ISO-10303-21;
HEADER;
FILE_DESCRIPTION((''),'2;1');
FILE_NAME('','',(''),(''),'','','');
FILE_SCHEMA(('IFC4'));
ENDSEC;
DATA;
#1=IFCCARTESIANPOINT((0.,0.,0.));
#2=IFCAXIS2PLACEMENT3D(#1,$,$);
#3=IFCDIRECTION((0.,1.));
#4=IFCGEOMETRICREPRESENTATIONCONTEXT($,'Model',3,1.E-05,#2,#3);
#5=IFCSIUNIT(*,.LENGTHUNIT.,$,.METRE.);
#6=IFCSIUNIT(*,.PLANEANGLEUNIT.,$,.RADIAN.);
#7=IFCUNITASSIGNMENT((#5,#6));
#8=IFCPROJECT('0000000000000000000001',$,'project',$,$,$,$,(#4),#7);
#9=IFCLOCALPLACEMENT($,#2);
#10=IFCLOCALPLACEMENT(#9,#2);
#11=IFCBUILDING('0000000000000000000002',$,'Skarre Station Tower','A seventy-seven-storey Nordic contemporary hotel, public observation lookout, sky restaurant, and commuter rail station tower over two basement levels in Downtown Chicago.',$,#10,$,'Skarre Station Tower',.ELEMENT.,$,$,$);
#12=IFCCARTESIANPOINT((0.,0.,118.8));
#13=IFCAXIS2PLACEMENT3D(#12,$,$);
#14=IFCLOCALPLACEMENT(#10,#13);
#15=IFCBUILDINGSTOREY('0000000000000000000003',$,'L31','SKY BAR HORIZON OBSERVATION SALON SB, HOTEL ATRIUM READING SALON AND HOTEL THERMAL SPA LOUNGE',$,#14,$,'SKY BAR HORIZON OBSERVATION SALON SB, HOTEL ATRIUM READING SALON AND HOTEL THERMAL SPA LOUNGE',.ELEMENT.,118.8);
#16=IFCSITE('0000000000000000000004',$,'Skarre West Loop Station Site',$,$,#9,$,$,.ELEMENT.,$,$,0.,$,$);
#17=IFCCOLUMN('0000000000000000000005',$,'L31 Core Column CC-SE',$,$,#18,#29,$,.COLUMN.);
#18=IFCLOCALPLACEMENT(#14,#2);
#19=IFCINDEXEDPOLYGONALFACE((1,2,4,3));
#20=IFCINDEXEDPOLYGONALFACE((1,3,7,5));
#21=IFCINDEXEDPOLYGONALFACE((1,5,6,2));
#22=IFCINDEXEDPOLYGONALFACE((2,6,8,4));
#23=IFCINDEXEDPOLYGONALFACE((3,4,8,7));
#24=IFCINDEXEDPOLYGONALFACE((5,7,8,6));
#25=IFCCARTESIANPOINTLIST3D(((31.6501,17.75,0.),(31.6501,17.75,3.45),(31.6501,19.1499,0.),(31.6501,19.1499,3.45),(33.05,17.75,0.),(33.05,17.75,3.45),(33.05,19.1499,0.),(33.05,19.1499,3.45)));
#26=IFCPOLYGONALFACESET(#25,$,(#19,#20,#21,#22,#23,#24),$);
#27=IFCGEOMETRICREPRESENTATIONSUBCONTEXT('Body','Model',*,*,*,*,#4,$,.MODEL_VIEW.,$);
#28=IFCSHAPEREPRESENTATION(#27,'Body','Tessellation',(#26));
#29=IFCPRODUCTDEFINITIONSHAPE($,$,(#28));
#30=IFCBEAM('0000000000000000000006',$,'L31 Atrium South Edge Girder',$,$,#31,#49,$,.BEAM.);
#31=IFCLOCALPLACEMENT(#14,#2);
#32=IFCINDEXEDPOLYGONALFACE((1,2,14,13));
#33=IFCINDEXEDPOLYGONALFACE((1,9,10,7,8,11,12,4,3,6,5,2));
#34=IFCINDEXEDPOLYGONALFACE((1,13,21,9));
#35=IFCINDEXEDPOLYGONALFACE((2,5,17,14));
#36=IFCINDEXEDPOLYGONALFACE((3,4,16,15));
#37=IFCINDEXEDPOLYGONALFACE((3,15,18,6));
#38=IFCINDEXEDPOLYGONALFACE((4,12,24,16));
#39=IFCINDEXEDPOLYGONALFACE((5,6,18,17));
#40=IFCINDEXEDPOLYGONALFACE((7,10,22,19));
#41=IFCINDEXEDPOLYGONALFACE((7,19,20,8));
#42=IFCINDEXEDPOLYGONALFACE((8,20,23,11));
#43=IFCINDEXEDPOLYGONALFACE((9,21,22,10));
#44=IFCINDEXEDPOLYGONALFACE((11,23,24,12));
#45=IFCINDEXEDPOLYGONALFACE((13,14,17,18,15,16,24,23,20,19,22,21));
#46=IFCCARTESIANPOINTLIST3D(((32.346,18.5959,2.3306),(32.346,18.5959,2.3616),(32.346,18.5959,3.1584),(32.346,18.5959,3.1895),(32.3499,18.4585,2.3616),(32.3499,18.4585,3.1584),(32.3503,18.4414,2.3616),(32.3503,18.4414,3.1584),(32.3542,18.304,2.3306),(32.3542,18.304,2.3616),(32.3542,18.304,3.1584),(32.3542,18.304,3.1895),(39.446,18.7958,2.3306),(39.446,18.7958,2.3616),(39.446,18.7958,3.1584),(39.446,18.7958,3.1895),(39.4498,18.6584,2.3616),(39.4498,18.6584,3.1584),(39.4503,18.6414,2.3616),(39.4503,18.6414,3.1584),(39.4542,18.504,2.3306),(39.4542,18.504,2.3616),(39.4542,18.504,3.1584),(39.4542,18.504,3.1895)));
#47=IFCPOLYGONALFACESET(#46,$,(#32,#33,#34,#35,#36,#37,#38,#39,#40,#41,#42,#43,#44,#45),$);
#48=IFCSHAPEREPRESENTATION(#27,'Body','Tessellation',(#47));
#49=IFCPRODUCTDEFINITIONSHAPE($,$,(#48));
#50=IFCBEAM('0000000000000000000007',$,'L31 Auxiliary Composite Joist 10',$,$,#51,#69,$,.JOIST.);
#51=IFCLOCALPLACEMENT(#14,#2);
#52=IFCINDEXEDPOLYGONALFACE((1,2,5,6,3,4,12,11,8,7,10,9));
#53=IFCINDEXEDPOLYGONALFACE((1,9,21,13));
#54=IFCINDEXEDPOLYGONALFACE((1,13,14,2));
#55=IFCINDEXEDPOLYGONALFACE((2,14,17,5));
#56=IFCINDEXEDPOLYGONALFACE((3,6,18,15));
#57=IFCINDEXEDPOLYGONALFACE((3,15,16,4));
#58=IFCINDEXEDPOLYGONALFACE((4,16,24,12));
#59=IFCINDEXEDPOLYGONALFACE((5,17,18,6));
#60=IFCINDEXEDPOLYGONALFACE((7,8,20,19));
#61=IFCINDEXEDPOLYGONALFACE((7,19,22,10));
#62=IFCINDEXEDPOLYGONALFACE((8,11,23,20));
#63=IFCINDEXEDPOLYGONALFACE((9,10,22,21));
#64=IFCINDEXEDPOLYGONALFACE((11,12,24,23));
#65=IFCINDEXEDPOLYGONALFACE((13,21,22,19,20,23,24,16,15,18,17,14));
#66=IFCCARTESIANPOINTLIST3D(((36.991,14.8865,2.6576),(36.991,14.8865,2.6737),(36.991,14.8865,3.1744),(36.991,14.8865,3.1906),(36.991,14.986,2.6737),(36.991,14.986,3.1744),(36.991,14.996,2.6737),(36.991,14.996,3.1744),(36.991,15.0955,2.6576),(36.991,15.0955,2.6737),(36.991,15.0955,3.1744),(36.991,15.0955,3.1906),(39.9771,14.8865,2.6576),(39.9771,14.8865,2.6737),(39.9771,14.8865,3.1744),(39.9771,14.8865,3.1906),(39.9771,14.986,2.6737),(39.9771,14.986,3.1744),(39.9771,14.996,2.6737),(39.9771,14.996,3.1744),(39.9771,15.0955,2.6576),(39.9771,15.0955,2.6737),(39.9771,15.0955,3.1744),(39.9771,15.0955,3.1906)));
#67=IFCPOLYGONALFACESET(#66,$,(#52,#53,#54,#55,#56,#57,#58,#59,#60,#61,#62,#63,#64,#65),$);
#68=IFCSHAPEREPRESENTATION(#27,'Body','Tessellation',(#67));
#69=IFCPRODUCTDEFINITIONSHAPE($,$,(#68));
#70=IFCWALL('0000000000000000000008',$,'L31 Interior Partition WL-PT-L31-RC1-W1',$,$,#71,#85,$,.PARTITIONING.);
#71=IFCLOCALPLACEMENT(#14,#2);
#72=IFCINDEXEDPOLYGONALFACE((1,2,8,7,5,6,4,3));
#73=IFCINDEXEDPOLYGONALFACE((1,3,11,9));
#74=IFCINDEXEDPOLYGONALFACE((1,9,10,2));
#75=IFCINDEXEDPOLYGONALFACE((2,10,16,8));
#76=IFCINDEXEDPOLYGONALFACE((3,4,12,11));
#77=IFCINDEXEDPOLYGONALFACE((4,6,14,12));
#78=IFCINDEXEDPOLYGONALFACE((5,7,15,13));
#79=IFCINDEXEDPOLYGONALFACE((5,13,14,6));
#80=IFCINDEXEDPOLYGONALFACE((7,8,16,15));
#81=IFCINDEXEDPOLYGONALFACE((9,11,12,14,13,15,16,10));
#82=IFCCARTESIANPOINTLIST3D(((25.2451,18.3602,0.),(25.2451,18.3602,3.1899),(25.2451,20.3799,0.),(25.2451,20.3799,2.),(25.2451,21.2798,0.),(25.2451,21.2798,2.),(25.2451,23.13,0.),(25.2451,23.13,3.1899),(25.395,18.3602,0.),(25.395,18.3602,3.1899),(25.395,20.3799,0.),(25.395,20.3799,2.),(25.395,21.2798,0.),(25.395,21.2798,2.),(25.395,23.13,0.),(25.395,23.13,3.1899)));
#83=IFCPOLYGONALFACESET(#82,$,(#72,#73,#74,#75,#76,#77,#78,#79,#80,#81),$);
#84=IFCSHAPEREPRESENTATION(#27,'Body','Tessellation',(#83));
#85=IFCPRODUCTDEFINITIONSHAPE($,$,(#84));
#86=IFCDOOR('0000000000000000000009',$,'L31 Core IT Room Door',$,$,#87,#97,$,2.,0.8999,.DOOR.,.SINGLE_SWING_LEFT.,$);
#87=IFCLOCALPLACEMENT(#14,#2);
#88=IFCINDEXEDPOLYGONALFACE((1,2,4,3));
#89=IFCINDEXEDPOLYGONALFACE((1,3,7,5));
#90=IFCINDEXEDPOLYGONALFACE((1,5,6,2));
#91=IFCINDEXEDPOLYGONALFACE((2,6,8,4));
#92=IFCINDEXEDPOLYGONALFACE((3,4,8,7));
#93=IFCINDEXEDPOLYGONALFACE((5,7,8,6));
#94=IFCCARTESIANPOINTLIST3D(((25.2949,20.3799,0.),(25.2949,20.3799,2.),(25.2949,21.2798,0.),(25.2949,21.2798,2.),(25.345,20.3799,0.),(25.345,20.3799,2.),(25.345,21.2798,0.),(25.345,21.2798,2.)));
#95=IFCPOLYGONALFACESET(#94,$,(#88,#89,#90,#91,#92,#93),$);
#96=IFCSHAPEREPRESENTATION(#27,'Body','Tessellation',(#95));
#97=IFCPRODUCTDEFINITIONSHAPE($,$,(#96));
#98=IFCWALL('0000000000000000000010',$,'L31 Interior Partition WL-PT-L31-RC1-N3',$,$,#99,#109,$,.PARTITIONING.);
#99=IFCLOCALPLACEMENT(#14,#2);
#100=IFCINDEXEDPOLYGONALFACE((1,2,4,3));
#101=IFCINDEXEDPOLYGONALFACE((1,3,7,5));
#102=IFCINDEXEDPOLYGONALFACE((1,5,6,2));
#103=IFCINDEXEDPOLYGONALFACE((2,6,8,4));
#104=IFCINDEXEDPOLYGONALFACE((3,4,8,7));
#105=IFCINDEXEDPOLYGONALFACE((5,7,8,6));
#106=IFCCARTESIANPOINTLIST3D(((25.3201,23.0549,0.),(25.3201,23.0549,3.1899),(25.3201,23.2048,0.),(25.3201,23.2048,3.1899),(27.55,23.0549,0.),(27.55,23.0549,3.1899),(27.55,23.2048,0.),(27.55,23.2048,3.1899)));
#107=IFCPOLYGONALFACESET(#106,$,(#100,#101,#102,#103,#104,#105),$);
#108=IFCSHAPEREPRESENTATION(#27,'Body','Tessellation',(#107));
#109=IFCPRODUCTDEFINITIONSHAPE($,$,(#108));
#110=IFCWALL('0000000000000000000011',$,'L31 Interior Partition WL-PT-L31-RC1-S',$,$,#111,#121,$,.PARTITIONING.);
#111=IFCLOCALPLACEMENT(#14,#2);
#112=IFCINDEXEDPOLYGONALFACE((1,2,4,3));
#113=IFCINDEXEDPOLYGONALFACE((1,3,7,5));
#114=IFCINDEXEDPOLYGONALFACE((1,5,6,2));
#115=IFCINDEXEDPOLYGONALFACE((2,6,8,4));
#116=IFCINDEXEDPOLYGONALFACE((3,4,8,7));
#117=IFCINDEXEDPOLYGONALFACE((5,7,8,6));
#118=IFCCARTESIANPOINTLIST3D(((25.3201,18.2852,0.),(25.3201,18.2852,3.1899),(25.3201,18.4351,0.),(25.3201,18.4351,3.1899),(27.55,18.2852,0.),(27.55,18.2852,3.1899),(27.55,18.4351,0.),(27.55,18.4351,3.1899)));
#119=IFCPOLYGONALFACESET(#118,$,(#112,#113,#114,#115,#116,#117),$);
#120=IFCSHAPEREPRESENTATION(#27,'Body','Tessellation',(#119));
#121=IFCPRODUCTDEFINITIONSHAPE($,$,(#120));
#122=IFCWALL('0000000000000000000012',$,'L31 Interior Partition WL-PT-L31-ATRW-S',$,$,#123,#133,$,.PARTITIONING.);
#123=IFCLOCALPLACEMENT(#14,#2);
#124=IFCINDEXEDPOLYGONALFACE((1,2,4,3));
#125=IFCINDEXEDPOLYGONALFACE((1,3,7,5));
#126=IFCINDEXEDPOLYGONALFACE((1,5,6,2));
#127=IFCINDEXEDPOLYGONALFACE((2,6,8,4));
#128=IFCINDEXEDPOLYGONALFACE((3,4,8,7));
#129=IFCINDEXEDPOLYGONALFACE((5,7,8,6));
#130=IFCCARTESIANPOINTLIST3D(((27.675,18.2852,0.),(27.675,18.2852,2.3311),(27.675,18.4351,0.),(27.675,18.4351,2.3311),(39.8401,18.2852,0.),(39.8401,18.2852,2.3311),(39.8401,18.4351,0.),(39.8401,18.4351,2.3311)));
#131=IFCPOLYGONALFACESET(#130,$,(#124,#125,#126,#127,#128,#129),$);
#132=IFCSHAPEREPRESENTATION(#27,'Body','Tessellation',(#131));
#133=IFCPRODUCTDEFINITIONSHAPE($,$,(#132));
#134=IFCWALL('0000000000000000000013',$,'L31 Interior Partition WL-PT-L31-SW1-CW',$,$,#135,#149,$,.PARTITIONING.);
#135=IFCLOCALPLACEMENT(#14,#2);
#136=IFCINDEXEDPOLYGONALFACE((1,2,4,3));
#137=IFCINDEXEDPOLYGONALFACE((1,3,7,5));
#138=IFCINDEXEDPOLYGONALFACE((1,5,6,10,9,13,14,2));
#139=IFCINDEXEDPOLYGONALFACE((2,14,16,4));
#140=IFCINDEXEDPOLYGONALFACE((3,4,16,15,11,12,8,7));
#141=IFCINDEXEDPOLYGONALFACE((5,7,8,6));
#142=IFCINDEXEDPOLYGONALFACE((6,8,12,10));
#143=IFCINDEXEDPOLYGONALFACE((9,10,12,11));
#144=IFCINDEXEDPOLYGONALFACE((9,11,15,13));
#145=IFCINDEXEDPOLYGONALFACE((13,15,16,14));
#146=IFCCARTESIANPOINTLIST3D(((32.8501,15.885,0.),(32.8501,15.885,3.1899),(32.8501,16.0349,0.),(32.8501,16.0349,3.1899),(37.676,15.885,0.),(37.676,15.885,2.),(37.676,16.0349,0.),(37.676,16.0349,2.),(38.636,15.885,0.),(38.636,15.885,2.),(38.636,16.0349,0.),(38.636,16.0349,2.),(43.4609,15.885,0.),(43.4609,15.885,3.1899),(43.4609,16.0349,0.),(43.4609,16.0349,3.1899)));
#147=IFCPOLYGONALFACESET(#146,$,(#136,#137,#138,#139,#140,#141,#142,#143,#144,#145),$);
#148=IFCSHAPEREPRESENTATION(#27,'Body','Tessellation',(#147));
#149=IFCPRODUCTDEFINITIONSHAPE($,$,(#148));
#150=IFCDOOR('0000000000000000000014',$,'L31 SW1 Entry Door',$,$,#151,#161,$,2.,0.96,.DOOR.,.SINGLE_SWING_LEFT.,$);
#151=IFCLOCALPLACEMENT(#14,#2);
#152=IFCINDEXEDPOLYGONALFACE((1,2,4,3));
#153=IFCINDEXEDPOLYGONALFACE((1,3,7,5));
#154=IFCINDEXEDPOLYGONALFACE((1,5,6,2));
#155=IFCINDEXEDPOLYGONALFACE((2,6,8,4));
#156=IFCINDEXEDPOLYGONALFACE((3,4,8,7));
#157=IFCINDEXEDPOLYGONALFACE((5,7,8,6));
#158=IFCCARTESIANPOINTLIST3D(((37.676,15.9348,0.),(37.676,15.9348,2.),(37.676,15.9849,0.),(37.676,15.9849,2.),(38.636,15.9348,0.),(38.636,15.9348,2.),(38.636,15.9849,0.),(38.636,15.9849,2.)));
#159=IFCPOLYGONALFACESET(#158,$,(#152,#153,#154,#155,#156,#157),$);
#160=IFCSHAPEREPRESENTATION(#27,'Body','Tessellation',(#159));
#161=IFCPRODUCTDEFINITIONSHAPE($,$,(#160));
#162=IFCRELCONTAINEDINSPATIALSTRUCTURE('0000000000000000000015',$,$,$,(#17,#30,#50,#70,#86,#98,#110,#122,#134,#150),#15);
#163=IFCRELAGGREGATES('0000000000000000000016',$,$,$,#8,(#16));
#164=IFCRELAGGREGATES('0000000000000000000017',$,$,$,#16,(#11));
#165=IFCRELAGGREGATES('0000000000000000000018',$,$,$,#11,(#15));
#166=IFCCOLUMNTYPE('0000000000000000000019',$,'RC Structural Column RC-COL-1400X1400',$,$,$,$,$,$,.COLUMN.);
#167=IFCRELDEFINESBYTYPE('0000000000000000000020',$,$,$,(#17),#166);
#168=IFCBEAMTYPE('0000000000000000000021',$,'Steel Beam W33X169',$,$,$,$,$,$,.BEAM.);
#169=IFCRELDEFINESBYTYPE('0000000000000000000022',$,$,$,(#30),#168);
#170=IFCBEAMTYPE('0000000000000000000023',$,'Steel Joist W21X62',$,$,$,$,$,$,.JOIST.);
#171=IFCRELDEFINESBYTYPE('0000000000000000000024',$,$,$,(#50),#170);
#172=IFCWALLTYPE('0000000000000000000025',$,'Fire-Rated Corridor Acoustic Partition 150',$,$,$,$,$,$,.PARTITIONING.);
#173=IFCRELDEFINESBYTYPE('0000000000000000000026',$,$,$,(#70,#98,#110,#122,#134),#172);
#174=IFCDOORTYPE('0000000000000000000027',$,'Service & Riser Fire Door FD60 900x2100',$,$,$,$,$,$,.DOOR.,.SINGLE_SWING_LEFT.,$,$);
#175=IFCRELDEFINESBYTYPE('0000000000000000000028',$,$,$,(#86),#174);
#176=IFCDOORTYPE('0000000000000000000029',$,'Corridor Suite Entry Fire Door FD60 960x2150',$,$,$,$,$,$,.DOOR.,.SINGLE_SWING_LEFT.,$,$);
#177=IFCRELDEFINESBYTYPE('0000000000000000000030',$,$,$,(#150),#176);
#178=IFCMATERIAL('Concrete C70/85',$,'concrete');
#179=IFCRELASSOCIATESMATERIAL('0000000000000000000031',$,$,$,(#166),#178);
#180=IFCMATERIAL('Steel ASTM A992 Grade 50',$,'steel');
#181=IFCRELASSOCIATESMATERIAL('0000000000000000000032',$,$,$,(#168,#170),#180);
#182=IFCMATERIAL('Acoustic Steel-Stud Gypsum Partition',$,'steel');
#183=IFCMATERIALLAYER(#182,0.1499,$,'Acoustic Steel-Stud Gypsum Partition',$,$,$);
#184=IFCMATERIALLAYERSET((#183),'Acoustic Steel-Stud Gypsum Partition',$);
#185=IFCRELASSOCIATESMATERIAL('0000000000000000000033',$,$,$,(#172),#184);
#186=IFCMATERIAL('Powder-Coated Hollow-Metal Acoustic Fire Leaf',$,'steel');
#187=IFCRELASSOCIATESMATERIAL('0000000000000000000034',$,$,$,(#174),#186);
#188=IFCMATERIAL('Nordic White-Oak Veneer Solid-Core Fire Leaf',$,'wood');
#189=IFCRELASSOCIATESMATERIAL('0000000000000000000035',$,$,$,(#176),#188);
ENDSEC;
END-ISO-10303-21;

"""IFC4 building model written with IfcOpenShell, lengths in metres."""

from ifc_helpers import new_model, si_unit, direction, frame, frame_2d, origin, origin_2d, place, context, subcontext, project, spatial, rectangle, i_section, extrude, material, layer, layer_set, material_profile, profile_set, type_object, element, fill, save


model = new_model("IFC4")

# Units and contexts
model_context = context("Model", 3, precision=1e-05, world=origin(), true_north=direction((0.0, 1.0)))
body_context = subcontext(model_context, "Body", "Model", "MODEL_VIEW")
ifc_project = project(units=[si_unit("LENGTHUNIT", "METRE"), si_unit("PLANEANGLEUNIT", "RADIAN")], contexts=[model_context])

# Site, building, storey
site_placement = place(None, origin())
site = spatial("IfcSite", under=ifc_project, at=site_placement, Name="Skarre West Loop Station Site", CompositionType="ELEMENT", RefElevation=0.0)
building_placement = place(site_placement, origin())
building = spatial("IfcBuilding", under=site, at=building_placement, Name="Skarre Station Tower", Description="A seventy-seven-storey Nordic contemporary hotel, public observation lookout, sky restaurant, and commuter rail station tower over two basement levels in Downtown Chicago.", LongName="Skarre Station Tower", CompositionType="ELEMENT")
storey_placement = place(building_placement, frame((0.0, 0.0, 118.8)))
storey = spatial("IfcBuildingStorey", under=building, at=storey_placement, Name="L31", Description="SKY BAR HORIZON OBSERVATION SALON SB, HOTEL ATRIUM READING SALON AND HOTEL THERMAL SPA LOUNGE", LongName="SKY BAR HORIZON OBSERVATION SALON SB, HOTEL ATRIUM READING SALON AND HOTEL THERMAL SPA LOUNGE", CompositionType="ELEMENT", Elevation=118.8)

# Column
ifc_material_1 = material(Name="Concrete C70/85", Category="concrete")
ifc_material_profile_1 = material_profile(ifc_material_1, rectangle(XDim=1.3999, YDim=1.3999, at=origin_2d()), Name="Concrete C70/85")
ifc_profile_set_1 = profile_set([ifc_material_profile_1], Name="Concrete C70/85")
column_type = type_object("IfcColumnType", Name="RC Structural Column RC-COL-1400X1400", PredefinedType="COLUMN", material=ifc_profile_set_1)
column_placement = place(storey_placement, frame((32.3501, 18.45, 0.0), z_axis=(0.0, 0.0, 1.0), x_axis=(1.0, 0.0, 0.0)))
element("IfcColumn", 1, at=column_placement, inside=storey, type_object=column_type, Name="L31 Core Column CC-SE", PredefinedType="COLUMN", context=body_context, shape_type="SweptSolid", body=[
    extrude(rectangle(XDim=1.3999, YDim=1.3999, at=origin_2d()), origin(), (0.0, 0.0, 1.0), 3.45),
])

# Beams
ifc_material_2 = material(Name="Steel ASTM A992 Grade 50", Category="steel")
ifc_material_profile_2 = material_profile(ifc_material_2, i_section(OverallWidth=0.292, OverallDepth=0.8589, WebThickness=0.0171, FlangeThickness=0.031, at=origin_2d()), Name="Steel ASTM A992 Grade 50")
ifc_profile_set_2 = profile_set([ifc_material_profile_2], Name="Steel ASTM A992 Grade 50")
beam_type_1 = type_object("IfcBeamType", Name="Steel Beam W33X169", PredefinedType="BEAM", material=ifc_profile_set_2)
beam_1_placement = place(storey_placement, frame((32.3501, 18.45, 2.76), z_axis=(0.999604, 0.028152, 0.0), x_axis=(-0.028152, 0.999604, 0.0)))
element("IfcBeam", 2, at=beam_1_placement, inside=storey, type_object=beam_type_1, Name="L31 Atrium South Edge Girder", PredefinedType="BEAM", context=body_context, shape_type="SweptSolid", body=[
    extrude(i_section(OverallWidth=0.292, OverallDepth=0.8589, WebThickness=0.0171, FlangeThickness=0.031, at=origin_2d()), origin(), (0.0, 0.0, 1.0), 7.1028),
])
ifc_material_profile_3 = material_profile(ifc_material_2, i_section(OverallWidth=0.209, OverallDepth=0.533, WebThickness=0.01, FlangeThickness=0.0161, at=origin_2d()), Name="Steel ASTM A992 Grade 50")
ifc_profile_set_3 = profile_set([ifc_material_profile_3], Name="Steel ASTM A992 Grade 50")
beam_type_2 = type_object("IfcBeamType", Name="Steel Joist W21X62", PredefinedType="JOIST", material=ifc_profile_set_3)
beam_2_placement = place(storey_placement, frame((36.991, 14.991, 2.9241), z_axis=(1.0, 0.0, 0.0), x_axis=(0.0, 1.0, 0.0)))
element("IfcBeam", 3, at=beam_2_placement, inside=storey, type_object=beam_type_2, Name="L31 Auxiliary Composite Joist 10", PredefinedType="JOIST", context=body_context, shape_type="SweptSolid", body=[
    extrude(i_section(OverallWidth=0.209, OverallDepth=0.533, WebThickness=0.01, FlangeThickness=0.0161, at=origin_2d()), origin(), (0.0, 0.0, 1.0), 2.9861),
])

# Wall, opening, door
ifc_material_3 = material(Name="Acoustic Steel-Stud Gypsum Partition", Category="steel")
ifc_layer_1 = layer(ifc_material_3, 0.1499, Name="Acoustic Steel-Stud Gypsum Partition")
ifc_layer_set_1 = layer_set([ifc_layer_1], Name="Acoustic Steel-Stud Gypsum Partition")
wall_type_1 = type_object("IfcWallType", Name="Fire-Rated Corridor Acoustic Partition 150", PredefinedType="PARTITIONING", material=ifc_layer_set_1)
wall_1_placement = place(storey_placement, frame((25.3201, 23.1299, 0.0), z_axis=(0.0, 0.0, 1.0), x_axis=(0.0, -1.0, 0.0)))
wall_1 = element("IfcWall", 4, at=wall_1_placement, inside=storey, type_object=wall_type_1, Name="L31 Interior Partition WL-PT-L31-RC1-W1", PredefinedType="PARTITIONING", context=body_context, shape_type="SweptSolid", body=[
    extrude(rectangle(XDim=4.7698, YDim=0.1499, at=frame_2d((2.3848, 0.0))), origin(), (0.0, 0.0, 1.0), 3.1899),
])
opening_1_placement = place(wall_1_placement, frame((1.8501, 0.0, 0.0)))
opening_1 = element("IfcOpeningElement", 5, at=opening_1_placement, cuts=wall_1, PredefinedType="OPENING", context=body_context, shape_type="SweptSolid", body=[
    extrude(rectangle(XDim=0.8999, YDim=2.0, at=frame_2d((0.45, 1.0))), frame((0.0, 0.085, 0.0), z_axis=(0.0, -1.0, 0.0), x_axis=(1.0, 0.0, 0.0)), (0.0, 0.0, 1.0), 0.1699),
])
ifc_material_4 = material(Name="Powder-Coated Hollow-Metal Acoustic Fire Leaf", Category="steel")
door_type_1 = type_object("IfcDoorType", Name="Service & Riser Fire Door FD60 900x2100", OperationType="SINGLE_SWING_LEFT", PredefinedType="DOOR", material=ifc_material_4)
door_1_placement = place(opening_1_placement, origin())
door_1 = element("IfcDoor", 6, at=door_1_placement, inside=storey, type_object=door_type_1, Name="L31 Core IT Room Door", OperationType="SINGLE_SWING_LEFT", OverallHeight=2.0, OverallWidth=0.8999, PredefinedType="DOOR", context=body_context, shape_type="SweptSolid", body=[
    extrude(rectangle(XDim=0.8999, YDim=2.0, at=frame_2d((0.45, 1.0))), frame((0.0, 0.0249, 0.0), z_axis=(0.0, -1.0, 0.0), x_axis=(1.0, 0.0, 0.0)), (0.0, 0.0, 1.0), 0.05),
])
fill(opening_1, door_1)

# Walls
for number, where, z_axis, x_axis, name in (
    (7, (25.3201, 23.1299, 0.0), (0.0, 0.0, 1.0), (1.0, 0.0, 0.0), "L31 Interior Partition WL-PT-L31-RC1-N3"),
    (8, (25.3201, 18.3601, 0.0), (0.0, 0.0, 1.0), (1.0, 0.0, 0.0), "L31 Interior Partition WL-PT-L31-RC1-S"),
):
    element("IfcWall", number, at=place(storey_placement, frame(where, z_axis=z_axis, x_axis=x_axis)), inside=storey, type_object=wall_type_1, Name=name, PredefinedType="PARTITIONING", context=body_context, shape_type="SweptSolid", body=[
        extrude(rectangle(XDim=2.23, YDim=0.1499, at=frame_2d((1.115, 0.0))), origin(), (0.0, 0.0, 1.0), 3.1899),
    ])
wall_2_placement = place(storey_placement, frame((27.675, 18.3601, 0.0), z_axis=(0.0, 0.0, 1.0), x_axis=(1.0, 0.0, 0.0)))
element("IfcWall", 9, at=wall_2_placement, inside=storey, type_object=wall_type_1, Name="L31 Interior Partition WL-PT-L31-ATRW-S", PredefinedType="PARTITIONING", context=body_context, shape_type="SweptSolid", body=[
    extrude(rectangle(XDim=12.165, YDim=0.1499, at=frame_2d((6.0825, 0.0))), origin(), (0.0, 0.0, 1.0), 2.3311),
])

# Wall, opening, door
wall_3_placement = place(storey_placement, frame((32.8501, 15.96, 0.0), z_axis=(0.0, 0.0, 1.0), x_axis=(1.0, 0.0, 0.0)))
wall_3 = element("IfcWall", 10, at=wall_3_placement, inside=storey, type_object=wall_type_1, Name="L31 Interior Partition WL-PT-L31-SW1-CW", PredefinedType="PARTITIONING", context=body_context, shape_type="SweptSolid", body=[
    extrude(rectangle(XDim=10.6108, YDim=0.1499, at=frame_2d((5.3054, 0.0))), origin(), (0.0, 0.0, 1.0), 3.1899),
])
opening_2_placement = place(wall_3_placement, frame((4.8259, 0.0, 0.0)))
opening_2 = element("IfcOpeningElement", 11, at=opening_2_placement, cuts=wall_3, PredefinedType="OPENING", context=body_context, shape_type="SweptSolid", body=[
    extrude(rectangle(XDim=0.96, YDim=2.0, at=frame_2d((0.48, 1.0))), frame((0.0, 0.085, 0.0), z_axis=(0.0, -1.0, 0.0), x_axis=(1.0, 0.0, 0.0)), (0.0, 0.0, 1.0), 0.1699),
])
ifc_material_5 = material(Name="Nordic White-Oak Veneer Solid-Core Fire Leaf", Category="wood")
door_type_2 = type_object("IfcDoorType", Name="Corridor Suite Entry Fire Door FD60 960x2150", OperationType="SINGLE_SWING_LEFT", PredefinedType="DOOR", material=ifc_material_5)
door_2_placement = place(opening_2_placement, origin())
door_2 = element("IfcDoor", 12, at=door_2_placement, inside=storey, type_object=door_type_2, Name="L31 SW1 Entry Door", OperationType="SINGLE_SWING_LEFT", OverallHeight=2.0, OverallWidth=0.96, PredefinedType="DOOR", context=body_context, shape_type="SweptSolid", body=[
    extrude(rectangle(XDim=0.96, YDim=2.0, at=frame_2d((0.48, 1.0))), frame((0.0, 0.0249, 0.0), z_axis=(0.0, -1.0, 0.0), x_axis=(1.0, 0.0, 0.0)), (0.0, 0.0, 1.0), 0.05),
])
fill(opening_2, door_2)

save(model, "model.ifc")
